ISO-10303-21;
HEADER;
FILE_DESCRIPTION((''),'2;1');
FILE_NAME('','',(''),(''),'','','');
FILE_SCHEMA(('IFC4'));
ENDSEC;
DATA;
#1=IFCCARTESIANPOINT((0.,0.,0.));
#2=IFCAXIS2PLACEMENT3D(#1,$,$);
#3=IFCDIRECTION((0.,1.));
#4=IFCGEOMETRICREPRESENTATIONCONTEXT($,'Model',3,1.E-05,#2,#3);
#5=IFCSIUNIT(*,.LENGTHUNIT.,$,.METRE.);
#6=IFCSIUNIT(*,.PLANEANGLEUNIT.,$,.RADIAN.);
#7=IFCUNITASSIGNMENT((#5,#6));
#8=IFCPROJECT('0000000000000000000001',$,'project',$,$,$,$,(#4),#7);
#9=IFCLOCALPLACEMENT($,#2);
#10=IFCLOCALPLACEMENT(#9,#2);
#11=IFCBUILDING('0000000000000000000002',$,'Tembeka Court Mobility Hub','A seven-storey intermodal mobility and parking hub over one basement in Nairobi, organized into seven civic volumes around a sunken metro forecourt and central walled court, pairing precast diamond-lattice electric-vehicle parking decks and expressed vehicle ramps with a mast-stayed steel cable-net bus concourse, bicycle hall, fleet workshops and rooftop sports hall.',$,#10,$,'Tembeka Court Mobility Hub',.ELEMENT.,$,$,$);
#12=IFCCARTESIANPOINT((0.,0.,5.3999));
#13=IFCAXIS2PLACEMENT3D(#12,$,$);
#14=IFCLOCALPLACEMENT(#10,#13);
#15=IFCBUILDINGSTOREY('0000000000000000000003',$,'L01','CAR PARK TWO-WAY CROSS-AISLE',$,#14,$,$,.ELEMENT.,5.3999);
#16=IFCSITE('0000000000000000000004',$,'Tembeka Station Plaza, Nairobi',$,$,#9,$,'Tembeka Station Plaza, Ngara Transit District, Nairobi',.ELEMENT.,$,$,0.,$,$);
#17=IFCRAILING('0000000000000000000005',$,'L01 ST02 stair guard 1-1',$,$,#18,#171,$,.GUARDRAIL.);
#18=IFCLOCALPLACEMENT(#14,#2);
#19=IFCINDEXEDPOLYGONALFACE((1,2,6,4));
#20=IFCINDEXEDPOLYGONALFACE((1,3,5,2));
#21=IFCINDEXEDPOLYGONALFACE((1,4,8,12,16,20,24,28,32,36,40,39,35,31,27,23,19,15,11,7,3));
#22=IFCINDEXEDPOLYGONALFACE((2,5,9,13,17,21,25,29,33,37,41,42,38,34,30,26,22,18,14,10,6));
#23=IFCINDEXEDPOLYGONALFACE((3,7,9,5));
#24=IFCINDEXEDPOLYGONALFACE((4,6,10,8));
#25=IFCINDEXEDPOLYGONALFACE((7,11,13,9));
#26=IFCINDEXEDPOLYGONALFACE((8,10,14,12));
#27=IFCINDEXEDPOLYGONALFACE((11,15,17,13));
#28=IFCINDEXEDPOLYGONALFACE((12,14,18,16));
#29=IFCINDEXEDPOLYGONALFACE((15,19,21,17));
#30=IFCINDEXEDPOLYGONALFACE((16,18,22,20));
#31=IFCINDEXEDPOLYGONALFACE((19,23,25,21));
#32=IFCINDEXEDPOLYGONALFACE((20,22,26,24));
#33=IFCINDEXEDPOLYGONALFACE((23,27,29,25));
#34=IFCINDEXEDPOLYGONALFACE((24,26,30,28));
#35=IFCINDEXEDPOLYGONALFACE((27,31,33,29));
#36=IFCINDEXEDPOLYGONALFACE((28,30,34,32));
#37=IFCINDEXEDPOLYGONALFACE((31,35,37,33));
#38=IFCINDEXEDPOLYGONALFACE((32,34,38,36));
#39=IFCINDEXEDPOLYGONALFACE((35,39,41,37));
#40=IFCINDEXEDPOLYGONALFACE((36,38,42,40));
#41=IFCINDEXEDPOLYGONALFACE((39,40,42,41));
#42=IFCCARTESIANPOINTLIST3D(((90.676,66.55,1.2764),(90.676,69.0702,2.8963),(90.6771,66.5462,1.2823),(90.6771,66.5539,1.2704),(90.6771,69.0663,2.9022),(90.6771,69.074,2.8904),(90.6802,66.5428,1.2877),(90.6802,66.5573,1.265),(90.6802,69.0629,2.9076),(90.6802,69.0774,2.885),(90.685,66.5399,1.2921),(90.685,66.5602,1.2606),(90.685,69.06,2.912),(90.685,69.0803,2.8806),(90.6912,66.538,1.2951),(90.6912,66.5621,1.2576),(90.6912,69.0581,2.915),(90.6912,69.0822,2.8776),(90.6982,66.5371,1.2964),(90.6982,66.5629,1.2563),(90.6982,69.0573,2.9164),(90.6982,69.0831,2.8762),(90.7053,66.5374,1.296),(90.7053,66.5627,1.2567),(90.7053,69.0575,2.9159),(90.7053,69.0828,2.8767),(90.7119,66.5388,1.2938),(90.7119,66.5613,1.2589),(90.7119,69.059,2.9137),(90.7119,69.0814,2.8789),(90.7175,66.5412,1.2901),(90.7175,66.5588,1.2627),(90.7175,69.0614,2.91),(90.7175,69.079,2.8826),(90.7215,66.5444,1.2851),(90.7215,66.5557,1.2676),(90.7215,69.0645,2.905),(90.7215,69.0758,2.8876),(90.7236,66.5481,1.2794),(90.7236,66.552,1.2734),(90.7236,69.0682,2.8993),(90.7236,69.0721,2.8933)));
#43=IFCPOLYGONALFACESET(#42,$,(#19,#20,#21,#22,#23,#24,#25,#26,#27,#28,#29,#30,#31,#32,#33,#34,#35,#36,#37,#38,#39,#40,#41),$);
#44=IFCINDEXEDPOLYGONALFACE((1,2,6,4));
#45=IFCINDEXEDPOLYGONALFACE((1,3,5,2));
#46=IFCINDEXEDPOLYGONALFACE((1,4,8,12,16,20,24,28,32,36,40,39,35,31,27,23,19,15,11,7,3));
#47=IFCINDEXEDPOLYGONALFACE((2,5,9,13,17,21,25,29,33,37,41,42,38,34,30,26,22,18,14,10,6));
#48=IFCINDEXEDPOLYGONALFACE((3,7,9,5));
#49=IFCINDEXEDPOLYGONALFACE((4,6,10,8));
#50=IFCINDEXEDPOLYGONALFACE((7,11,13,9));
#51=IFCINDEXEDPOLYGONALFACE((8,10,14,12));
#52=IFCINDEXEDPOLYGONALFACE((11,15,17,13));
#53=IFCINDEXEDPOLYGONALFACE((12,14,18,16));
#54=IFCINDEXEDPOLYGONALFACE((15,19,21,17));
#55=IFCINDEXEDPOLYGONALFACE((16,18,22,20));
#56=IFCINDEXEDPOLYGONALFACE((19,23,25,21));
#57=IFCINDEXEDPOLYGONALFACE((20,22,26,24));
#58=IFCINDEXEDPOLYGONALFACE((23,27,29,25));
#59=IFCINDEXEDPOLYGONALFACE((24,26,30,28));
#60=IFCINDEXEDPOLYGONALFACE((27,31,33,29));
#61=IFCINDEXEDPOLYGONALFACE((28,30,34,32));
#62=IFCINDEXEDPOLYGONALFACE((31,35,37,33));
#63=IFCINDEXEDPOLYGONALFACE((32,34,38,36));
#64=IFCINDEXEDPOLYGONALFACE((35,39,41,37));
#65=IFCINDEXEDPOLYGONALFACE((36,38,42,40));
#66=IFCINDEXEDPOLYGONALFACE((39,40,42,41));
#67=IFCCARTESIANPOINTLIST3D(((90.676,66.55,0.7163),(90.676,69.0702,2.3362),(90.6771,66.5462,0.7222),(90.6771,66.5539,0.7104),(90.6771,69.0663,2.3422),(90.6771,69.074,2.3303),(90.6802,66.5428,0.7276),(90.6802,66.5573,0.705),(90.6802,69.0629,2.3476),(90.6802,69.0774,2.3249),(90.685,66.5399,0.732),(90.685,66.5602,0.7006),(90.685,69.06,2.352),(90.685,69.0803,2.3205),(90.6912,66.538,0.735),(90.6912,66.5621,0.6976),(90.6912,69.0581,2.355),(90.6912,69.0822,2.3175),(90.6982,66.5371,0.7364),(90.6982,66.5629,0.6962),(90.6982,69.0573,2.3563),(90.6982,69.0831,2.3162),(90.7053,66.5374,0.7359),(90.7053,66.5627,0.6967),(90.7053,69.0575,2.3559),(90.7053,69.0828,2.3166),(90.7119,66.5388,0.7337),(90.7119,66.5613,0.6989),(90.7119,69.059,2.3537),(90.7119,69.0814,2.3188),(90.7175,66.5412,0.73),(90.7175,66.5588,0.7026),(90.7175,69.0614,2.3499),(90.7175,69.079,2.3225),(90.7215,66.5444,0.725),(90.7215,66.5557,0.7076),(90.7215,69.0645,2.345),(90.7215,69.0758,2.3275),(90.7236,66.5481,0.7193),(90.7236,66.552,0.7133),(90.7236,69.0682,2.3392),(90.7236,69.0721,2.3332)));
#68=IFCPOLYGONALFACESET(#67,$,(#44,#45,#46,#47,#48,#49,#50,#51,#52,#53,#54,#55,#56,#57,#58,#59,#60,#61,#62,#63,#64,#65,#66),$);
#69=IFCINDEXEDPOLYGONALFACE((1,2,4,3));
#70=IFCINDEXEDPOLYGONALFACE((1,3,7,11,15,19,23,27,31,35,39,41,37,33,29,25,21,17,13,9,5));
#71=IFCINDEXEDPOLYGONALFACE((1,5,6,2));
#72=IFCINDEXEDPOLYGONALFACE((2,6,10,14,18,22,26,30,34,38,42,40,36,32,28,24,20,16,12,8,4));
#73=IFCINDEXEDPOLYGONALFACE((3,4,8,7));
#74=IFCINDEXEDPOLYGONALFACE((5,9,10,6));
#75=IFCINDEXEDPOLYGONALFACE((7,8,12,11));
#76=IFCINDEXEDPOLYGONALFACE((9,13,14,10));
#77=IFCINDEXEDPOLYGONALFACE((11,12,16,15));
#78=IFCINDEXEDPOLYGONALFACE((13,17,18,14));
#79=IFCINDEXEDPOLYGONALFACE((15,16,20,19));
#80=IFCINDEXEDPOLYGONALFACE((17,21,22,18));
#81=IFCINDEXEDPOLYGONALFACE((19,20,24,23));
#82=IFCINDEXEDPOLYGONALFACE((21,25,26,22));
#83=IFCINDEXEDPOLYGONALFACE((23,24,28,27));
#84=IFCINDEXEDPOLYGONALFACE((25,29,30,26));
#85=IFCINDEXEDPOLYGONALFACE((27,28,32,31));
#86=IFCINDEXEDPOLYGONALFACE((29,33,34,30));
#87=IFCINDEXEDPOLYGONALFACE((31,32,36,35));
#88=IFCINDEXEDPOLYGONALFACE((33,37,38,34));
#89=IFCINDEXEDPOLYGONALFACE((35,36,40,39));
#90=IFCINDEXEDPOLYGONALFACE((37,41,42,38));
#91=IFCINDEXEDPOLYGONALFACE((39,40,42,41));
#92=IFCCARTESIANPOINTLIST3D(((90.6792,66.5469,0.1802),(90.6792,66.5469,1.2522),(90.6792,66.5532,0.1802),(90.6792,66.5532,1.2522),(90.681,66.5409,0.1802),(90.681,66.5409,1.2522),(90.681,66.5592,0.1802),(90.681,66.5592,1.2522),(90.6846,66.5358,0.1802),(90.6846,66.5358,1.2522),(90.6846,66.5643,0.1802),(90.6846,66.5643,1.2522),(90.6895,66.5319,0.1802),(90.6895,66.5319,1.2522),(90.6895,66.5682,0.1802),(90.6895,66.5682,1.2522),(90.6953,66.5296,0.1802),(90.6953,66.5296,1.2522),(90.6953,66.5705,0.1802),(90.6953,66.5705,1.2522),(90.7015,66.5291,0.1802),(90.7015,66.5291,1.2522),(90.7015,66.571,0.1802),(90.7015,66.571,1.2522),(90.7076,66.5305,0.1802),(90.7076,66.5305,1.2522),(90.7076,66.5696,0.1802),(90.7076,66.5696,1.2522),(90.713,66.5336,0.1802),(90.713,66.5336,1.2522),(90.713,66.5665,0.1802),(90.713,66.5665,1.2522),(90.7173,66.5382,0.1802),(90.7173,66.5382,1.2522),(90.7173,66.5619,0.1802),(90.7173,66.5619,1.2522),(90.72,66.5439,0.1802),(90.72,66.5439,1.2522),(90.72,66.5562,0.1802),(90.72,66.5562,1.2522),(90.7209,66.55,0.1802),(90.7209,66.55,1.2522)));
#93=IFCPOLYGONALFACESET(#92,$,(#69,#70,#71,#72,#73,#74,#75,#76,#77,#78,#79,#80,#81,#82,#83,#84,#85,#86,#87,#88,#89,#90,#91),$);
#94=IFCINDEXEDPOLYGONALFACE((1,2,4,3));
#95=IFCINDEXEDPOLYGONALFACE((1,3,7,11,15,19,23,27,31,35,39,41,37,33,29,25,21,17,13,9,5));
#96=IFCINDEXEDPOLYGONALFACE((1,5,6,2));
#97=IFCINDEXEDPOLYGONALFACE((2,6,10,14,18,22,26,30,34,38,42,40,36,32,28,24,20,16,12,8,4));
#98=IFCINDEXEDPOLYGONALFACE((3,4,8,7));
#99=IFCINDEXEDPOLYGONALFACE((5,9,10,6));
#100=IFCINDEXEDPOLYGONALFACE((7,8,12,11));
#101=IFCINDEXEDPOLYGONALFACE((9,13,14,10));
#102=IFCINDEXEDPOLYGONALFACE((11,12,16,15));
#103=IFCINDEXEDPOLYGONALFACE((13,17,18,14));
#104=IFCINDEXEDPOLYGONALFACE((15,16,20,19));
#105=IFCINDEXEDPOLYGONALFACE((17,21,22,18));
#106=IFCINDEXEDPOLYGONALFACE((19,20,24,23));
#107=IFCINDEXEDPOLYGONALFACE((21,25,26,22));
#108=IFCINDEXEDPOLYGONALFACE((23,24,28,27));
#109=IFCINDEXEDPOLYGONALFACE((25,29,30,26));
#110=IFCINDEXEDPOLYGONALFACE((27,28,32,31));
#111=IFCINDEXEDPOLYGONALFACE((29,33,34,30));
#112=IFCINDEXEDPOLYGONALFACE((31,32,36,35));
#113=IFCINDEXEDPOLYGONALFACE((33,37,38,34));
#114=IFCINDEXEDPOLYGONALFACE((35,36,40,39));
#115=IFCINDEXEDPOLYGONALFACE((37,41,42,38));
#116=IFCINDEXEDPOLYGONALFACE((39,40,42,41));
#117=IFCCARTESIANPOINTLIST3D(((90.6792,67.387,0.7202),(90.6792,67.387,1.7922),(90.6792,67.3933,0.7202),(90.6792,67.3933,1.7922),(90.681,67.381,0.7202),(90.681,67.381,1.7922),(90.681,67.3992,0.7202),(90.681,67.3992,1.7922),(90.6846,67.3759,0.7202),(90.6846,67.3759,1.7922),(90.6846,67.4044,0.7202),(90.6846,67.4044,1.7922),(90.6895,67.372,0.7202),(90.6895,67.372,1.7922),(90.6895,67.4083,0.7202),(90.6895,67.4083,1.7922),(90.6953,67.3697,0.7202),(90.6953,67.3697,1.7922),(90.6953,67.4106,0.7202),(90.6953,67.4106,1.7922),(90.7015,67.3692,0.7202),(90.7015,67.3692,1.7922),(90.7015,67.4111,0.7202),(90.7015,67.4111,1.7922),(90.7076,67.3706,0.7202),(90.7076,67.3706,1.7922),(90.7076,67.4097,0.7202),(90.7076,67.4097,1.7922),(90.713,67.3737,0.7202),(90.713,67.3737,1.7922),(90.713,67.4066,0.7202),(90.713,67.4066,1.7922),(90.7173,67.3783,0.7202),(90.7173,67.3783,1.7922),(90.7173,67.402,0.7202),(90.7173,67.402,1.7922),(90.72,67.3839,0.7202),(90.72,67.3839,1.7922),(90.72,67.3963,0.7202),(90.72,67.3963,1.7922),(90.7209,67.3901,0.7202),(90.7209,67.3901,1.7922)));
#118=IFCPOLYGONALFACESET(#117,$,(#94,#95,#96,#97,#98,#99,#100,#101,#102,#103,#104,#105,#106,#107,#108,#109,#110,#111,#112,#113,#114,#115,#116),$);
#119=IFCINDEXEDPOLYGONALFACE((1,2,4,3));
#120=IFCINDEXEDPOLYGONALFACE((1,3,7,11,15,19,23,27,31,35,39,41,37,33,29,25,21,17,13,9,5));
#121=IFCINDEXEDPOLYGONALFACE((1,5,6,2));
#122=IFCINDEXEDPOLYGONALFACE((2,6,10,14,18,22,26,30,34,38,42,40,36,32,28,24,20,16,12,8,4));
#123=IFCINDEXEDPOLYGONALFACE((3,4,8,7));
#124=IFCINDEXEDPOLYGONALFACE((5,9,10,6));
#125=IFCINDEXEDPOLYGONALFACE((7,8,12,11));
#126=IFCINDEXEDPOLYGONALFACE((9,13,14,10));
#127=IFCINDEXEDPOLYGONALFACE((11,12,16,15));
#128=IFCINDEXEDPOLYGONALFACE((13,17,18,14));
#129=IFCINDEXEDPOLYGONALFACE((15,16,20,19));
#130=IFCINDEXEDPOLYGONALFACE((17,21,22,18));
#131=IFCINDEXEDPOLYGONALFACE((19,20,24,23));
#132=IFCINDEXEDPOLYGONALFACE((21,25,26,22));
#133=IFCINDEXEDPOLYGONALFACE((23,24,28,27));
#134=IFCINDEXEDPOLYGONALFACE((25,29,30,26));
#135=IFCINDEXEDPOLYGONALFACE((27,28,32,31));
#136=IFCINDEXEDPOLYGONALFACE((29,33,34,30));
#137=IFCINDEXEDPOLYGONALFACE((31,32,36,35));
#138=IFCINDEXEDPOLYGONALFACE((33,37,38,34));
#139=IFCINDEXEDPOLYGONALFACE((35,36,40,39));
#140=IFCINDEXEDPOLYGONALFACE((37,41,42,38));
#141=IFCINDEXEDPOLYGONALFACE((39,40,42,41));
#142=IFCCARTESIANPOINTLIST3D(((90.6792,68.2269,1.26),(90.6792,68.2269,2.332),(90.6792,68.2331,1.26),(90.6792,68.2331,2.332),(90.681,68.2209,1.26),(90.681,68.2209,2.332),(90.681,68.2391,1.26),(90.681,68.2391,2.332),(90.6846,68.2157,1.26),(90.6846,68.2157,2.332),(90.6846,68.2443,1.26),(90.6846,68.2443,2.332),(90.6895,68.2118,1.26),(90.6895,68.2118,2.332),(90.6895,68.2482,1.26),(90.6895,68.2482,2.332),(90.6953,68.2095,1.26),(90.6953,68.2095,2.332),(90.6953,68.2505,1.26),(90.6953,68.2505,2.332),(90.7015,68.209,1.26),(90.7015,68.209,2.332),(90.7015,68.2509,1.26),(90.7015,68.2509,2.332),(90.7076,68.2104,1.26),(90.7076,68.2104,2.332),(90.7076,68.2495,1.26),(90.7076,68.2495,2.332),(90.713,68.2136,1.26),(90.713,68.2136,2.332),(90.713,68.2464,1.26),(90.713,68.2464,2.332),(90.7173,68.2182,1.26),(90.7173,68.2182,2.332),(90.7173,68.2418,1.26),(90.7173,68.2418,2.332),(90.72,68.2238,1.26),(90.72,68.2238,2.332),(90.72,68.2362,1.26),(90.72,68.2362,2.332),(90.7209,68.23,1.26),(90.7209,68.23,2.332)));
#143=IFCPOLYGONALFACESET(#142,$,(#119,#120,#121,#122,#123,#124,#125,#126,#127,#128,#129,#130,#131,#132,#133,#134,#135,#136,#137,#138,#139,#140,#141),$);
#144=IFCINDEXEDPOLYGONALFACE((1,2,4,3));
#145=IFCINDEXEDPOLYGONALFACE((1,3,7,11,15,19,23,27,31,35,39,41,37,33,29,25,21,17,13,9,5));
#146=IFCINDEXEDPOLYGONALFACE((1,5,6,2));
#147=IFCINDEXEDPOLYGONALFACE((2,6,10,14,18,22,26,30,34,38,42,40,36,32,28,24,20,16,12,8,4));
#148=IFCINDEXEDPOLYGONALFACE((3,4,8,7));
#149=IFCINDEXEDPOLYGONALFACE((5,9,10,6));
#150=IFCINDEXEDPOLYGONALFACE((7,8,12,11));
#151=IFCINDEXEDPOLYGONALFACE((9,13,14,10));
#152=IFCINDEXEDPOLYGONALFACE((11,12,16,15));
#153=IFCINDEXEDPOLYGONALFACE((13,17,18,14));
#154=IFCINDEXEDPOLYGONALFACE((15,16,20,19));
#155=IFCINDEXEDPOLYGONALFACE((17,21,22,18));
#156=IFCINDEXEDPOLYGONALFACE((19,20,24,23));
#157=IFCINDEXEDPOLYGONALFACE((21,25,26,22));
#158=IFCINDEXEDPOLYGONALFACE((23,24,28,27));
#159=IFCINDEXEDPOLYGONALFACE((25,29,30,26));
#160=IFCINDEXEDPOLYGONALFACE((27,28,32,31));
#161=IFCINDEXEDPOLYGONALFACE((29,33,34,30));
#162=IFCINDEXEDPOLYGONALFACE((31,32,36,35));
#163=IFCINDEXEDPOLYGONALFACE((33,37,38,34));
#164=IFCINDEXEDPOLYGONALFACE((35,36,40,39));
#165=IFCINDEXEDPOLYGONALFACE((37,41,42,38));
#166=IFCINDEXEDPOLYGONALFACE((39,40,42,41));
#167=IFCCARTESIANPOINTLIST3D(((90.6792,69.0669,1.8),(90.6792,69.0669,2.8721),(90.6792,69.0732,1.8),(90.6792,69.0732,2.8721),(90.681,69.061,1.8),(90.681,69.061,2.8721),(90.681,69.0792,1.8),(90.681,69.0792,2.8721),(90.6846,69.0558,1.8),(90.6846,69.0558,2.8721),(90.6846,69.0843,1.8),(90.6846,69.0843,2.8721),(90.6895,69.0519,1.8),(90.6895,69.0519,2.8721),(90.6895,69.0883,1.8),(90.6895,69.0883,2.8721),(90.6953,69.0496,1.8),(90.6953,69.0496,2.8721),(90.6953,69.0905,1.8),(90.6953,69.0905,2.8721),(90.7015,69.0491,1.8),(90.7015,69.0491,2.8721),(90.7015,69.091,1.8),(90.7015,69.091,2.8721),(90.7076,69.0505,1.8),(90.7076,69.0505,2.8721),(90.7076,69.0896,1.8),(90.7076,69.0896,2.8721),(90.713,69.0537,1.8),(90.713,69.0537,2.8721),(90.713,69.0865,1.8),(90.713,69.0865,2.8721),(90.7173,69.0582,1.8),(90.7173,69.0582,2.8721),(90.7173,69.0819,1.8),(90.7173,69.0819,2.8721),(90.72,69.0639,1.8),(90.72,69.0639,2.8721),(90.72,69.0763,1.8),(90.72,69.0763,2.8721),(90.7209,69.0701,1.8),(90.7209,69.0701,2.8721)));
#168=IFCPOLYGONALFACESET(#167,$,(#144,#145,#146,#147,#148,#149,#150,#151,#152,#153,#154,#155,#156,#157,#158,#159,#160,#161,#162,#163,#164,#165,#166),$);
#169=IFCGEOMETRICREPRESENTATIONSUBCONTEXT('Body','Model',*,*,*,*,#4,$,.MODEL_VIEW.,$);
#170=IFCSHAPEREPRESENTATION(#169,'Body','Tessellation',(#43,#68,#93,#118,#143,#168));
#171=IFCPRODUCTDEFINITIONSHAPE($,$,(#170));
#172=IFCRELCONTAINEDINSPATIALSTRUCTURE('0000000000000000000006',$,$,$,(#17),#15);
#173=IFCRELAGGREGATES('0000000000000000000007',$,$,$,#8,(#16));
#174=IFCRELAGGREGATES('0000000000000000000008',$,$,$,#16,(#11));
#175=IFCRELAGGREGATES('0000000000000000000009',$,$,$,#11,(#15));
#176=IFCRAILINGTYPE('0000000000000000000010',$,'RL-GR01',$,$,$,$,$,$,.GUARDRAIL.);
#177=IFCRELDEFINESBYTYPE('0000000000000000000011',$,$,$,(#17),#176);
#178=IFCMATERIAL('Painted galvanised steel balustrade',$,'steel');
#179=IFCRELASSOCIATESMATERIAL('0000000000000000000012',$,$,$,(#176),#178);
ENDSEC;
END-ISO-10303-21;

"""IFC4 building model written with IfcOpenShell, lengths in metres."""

from ifc_helpers import new_model, si_unit, direction, frame, origin, origin_2d, place, context, subcontext, project, spatial, circle, extrude, material, type_object, element, save


model = new_model("IFC4")

# Units and contexts
model_context = context("Model", 3, precision=1e-05, world=origin(), true_north=direction((0.0, 1.0)))
body_context = subcontext(model_context, "Body", "Model", "MODEL_VIEW")
ifc_project = project(units=[si_unit("LENGTHUNIT", "METRE"), si_unit("PLANEANGLEUNIT", "RADIAN")], contexts=[model_context])

# Site, building, storey
site_placement = place(None, origin())
site = spatial("IfcSite", under=ifc_project, at=site_placement, Name="Tembeka Station Plaza, Nairobi", LongName="Tembeka Station Plaza, Ngara Transit District, Nairobi", CompositionType="ELEMENT", RefElevation=0.0)
building_placement = place(site_placement, origin())
building = spatial("IfcBuilding", under=site, at=building_placement, Name="Tembeka Court Mobility Hub", Description="A seven-storey intermodal mobility and parking hub over one basement in Nairobi, organized into seven civic volumes around a sunken metro forecourt and central walled court, pairing precast diamond-lattice electric-vehicle parking decks and expressed vehicle ramps with a mast-stayed steel cable-net bus concourse, bicycle hall, fleet workshops and rooftop sports hall.", LongName="Tembeka Court Mobility Hub", CompositionType="ELEMENT")
storey_placement = place(building_placement, frame((0.0, 0.0, 5.3999)))
storey = spatial("IfcBuildingStorey", under=building, at=storey_placement, Name="L01", Description="CAR PARK TWO-WAY CROSS-AISLE", CompositionType="ELEMENT", Elevation=5.3999)

# Railing
ifc_material_1 = material(Name="Painted galvanised steel balustrade", Category="steel")
railing_type_1 = type_object("IfcRailingType", Name="RL-GR01", PredefinedType="GUARDRAIL", material=ifc_material_1)
railing_1_placement = place(storey_placement, frame((90.7, 66.55, 0.1802)))
element("IfcRailing", 1, at=railing_1_placement, inside=storey, type_object=railing_type_1, Name="L01 ST02 stair guard 1-1", PredefinedType="GUARDRAIL", context=body_context, shape_type="SweptSolid", body=[
    extrude(circle(Radius=0.0239, at=origin_2d()), frame((0.0, 0.0, 1.0962), z_axis=(0.0, 0.8412, 0.540725), x_axis=(-1.0, 0.0, 0.0)), (0.0, 0.0, 1.0), 2.9958),
    extrude(circle(Radius=0.0239, at=origin_2d()), frame((0.0, 0.0, 0.5361), z_axis=(0.0, 0.8412, 0.540725), x_axis=(-1.0, 0.0, 0.0)), (0.0, 0.0, 1.0), 2.9958),
    extrude(circle(Radius=0.021, at=origin_2d()), origin(), (0.0, 0.0, 1.0), 1.072),
    extrude(circle(Radius=0.021, at=origin_2d()), frame((0.0, 0.8401, 0.54)), (0.0, 0.0, 1.0), 1.072),
    extrude(circle(Radius=0.021, at=origin_2d()), frame((0.0, 1.6799, 1.0798)), (0.0, 0.0, 1.0), 1.072),
    extrude(circle(Radius=0.021, at=origin_2d()), frame((0.0, 2.52, 1.6199)), (0.0, 0.0, 1.0), 1.072),
])

save(model, "model.ifc")
